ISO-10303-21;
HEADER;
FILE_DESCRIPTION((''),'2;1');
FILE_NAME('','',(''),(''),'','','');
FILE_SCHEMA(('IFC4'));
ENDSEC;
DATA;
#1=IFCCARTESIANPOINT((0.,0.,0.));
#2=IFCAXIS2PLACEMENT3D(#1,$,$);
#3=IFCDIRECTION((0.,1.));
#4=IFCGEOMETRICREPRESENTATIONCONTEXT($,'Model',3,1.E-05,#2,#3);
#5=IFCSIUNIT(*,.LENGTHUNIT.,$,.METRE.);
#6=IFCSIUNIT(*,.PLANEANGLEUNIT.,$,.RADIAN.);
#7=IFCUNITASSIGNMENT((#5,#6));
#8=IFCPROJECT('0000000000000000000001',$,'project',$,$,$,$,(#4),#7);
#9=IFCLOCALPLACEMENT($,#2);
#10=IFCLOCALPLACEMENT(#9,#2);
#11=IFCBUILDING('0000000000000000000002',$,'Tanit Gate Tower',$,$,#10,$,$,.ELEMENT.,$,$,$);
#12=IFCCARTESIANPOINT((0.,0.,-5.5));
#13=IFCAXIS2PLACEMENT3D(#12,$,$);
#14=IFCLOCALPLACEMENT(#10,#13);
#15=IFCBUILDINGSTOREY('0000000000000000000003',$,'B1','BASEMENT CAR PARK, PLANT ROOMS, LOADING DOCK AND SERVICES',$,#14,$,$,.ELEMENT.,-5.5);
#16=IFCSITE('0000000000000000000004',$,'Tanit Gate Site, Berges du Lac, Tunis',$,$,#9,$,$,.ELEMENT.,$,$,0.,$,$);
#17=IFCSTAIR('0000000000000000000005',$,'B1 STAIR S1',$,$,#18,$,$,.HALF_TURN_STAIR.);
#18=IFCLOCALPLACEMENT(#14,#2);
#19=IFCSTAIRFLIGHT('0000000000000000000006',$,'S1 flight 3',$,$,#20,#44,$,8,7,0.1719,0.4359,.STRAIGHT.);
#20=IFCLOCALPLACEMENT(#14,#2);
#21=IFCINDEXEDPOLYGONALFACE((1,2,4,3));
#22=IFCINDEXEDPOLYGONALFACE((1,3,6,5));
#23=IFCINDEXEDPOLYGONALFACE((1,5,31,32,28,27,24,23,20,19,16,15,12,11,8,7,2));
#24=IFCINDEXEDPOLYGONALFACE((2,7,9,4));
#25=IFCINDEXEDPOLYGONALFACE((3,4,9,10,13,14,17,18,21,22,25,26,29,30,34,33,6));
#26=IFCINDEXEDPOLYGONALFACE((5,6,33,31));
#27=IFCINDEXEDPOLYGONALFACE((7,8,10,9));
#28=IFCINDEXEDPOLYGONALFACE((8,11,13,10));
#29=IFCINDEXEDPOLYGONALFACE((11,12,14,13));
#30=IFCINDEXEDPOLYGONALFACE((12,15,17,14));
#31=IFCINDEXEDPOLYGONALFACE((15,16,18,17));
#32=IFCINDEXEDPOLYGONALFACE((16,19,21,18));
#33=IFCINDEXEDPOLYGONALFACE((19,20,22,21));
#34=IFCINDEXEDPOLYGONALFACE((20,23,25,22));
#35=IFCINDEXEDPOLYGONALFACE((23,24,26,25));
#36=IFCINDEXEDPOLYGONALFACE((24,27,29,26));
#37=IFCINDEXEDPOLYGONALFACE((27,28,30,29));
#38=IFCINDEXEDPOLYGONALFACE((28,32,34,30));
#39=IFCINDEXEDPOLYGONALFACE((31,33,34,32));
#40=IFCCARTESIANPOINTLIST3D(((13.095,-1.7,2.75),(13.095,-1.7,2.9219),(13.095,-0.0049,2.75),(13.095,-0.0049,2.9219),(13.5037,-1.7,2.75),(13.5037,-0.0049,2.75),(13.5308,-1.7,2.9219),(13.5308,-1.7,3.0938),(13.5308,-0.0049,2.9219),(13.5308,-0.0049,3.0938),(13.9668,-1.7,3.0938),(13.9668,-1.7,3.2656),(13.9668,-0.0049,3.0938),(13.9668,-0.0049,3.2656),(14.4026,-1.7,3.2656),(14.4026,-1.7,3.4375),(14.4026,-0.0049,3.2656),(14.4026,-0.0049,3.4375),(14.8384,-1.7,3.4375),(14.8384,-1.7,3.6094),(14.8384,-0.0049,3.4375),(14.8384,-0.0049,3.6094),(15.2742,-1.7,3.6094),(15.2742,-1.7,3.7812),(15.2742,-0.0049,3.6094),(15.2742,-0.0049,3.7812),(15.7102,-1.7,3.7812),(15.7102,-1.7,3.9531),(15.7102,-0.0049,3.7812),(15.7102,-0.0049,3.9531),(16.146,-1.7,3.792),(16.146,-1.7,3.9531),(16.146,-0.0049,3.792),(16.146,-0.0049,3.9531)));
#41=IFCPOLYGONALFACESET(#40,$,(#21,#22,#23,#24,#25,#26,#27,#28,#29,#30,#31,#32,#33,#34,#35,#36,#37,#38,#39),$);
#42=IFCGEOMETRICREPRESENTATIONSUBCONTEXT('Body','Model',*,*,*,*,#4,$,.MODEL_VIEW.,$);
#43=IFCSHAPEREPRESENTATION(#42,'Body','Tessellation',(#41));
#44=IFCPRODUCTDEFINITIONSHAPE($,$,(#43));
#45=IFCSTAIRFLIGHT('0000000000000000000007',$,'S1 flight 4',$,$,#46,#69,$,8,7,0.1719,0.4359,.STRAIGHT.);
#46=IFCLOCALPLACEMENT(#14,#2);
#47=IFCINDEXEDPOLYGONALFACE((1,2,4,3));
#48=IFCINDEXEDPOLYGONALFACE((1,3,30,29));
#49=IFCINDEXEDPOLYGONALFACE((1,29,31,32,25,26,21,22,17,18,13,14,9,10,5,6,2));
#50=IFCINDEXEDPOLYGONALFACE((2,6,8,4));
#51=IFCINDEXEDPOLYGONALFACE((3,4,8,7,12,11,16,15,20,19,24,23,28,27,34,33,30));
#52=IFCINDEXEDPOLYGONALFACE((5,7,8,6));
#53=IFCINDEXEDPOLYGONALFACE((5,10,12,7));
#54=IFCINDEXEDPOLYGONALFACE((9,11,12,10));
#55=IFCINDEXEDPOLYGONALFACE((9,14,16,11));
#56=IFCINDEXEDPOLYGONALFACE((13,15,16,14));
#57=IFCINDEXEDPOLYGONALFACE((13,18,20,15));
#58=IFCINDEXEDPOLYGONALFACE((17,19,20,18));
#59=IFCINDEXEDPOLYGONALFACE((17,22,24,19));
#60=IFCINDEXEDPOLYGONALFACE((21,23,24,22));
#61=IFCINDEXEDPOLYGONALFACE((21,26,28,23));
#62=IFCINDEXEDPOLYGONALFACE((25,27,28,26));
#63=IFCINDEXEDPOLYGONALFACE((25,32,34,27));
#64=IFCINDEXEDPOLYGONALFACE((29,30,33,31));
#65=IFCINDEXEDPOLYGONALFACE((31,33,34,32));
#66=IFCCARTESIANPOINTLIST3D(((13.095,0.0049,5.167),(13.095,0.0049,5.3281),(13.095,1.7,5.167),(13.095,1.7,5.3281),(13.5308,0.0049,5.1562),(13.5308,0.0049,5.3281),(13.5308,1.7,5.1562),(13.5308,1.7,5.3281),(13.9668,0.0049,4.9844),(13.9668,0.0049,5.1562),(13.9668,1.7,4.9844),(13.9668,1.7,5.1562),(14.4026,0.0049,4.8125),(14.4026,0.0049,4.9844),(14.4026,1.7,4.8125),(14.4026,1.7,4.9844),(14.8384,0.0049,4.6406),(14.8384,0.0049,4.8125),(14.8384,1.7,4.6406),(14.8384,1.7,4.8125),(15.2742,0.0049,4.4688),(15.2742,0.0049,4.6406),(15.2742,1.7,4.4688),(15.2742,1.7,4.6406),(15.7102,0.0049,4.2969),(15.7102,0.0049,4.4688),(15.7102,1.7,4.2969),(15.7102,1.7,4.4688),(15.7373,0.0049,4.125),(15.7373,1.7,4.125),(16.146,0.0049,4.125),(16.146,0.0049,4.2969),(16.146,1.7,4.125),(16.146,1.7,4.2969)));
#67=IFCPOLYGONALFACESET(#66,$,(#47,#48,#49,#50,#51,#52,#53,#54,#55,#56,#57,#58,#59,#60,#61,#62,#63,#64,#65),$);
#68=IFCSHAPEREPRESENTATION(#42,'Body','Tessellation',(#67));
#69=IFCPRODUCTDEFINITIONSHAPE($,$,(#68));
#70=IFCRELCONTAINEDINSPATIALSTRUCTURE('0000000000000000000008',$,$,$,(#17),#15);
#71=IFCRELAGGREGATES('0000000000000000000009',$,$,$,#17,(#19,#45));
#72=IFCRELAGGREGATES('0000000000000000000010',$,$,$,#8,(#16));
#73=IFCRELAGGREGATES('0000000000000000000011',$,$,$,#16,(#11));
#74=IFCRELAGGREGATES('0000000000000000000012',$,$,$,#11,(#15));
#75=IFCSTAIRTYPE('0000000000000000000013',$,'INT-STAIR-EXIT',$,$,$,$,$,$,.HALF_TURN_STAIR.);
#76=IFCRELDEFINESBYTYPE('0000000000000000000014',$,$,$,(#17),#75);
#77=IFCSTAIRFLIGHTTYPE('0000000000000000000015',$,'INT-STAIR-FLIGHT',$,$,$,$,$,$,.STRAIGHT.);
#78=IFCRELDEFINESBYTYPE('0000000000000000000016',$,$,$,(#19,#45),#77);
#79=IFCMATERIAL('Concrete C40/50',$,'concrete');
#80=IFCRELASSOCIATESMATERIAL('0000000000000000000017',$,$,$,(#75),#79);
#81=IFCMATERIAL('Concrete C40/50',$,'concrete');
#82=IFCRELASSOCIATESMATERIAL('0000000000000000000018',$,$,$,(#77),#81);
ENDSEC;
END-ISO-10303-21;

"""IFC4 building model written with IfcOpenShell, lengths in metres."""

from ifc_helpers import new_model, si_unit, direction, frame, origin, place, context, subcontext, project, spatial, polyline, outline, extrude, material, type_object, element, aggregate, save


model = new_model("IFC4")

# Units and contexts
model_context = context("Model", 3, precision=1e-05, world=origin(), true_north=direction((0.0, 1.0)))
body_context = subcontext(model_context, "Body", "Model", "MODEL_VIEW")
ifc_project = project(units=[si_unit("LENGTHUNIT", "METRE"), si_unit("PLANEANGLEUNIT", "RADIAN")], contexts=[model_context])

# Site, building, storey
site_placement = place(None, origin())
site = spatial("IfcSite", under=ifc_project, at=site_placement, Name="Tanit Gate Site, Berges du Lac, Tunis", CompositionType="ELEMENT", RefElevation=0.0)
building_placement = place(site_placement, origin())
building = spatial("IfcBuilding", under=site, at=building_placement, Name="Tanit Gate Tower", CompositionType="ELEMENT")
storey_placement = place(building_placement, frame((0.0, 0.0, -5.5)))
storey = spatial("IfcBuildingStorey", under=building, at=storey_placement, Name="B1", Description="BASEMENT CAR PARK, PLANT ROOMS, LOADING DOCK AND SERVICES", CompositionType="ELEMENT", Elevation=-5.5)

# Stair, stair flights
ifc_material_1 = material(Name="Concrete C40/50", Category="concrete")
stair_type = type_object("IfcStairType", Name="INT-STAIR-EXIT", PredefinedType="HALF_TURN_STAIR", material=ifc_material_1)
stair_placement = place(storey_placement, origin())
stair = element("IfcStair", 1, at=stair_placement, inside=storey, type_object=stair_type, Name="B1 STAIR S1", PredefinedType="HALF_TURN_STAIR")
ifc_material_2 = material(Name="Concrete C40/50", Category="concrete")
stair_flight_type = type_object("IfcStairFlightType", Name="INT-STAIR-FLIGHT", PredefinedType="STRAIGHT", material=ifc_material_2)
stair_flight_1_placement = place(storey_placement, frame((13.095, -0.8525, 2.75), z_axis=(0.0, 0.0, 1.0), x_axis=(1.0, 0.0, 0.0)))
stair_flight_1 = element("IfcStairFlight", 2, at=stair_flight_1_placement, type_object=stair_flight_type, Name="S1 flight 3", NumberOfRisers=8, NumberOfTreads=7, PredefinedType="STRAIGHT", RiserHeight=0.1719, TreadLength=0.4359, context=body_context, shape_type="SweptSolid", body=[
    extrude(outline(polyline([(0.0, 0.0), (0.0, 0.1719), (0.4358, 0.1719), (0.4358, 0.3438), (0.8718, 0.3438), (0.8718, 0.5156), (1.3076, 0.5156), (1.3076, 0.6875), (1.7434, 0.6875), (1.7434, 0.8594), (2.1792, 0.8594), (2.1792, 1.0312), (2.6152, 1.0312), (2.6152, 1.2031), (3.051, 1.2031), (3.051, 1.375), (3.051, 1.042), (0.4087, 0.0), (0.0, 0.0)])), frame((0.0, 0.8477, 0.0), z_axis=(0.0, -1.0, 0.0), x_axis=(1.0, 0.0, 0.0)), (0.0, 0.0, 1.0), 1.6951),
])
stair_flight_2_placement = place(storey_placement, frame((16.146, 0.8525, 4.125), z_axis=(0.0, 0.0, 1.0), x_axis=(-1.0, 0.0, 0.0)))
stair_flight_2 = element("IfcStairFlight", 3, at=stair_flight_2_placement, type_object=stair_flight_type, Name="S1 flight 4", NumberOfRisers=8, NumberOfTreads=7, PredefinedType="STRAIGHT", RiserHeight=0.1719, TreadLength=0.4359, context=body_context, shape_type="SweptSolid", body=[
    extrude(outline(polyline([(0.0, 0.0), (0.0, 0.1719), (0.4358, 0.1719), (0.4358, 0.3438), (0.8718, 0.3438), (0.8718, 0.5156), (1.3076, 0.5156), (1.3076, 0.6875), (1.7434, 0.6875), (1.7434, 0.8594), (2.1792, 0.8594), (2.1792, 1.0312), (2.6152, 1.0312), (2.6152, 1.2031), (3.051, 1.2031), (3.051, 1.375), (3.051, 1.042), (0.4087, 0.0), (0.0, 0.0)])), frame((0.0, 0.8477, 0.0), z_axis=(0.0, -1.0, 0.0), x_axis=(1.0, 0.0, 0.0)), (0.0, 0.0, 1.0), 1.6951),
])
aggregate(stair, [stair_flight_1, stair_flight_2])

save(model, "model.ifc")
